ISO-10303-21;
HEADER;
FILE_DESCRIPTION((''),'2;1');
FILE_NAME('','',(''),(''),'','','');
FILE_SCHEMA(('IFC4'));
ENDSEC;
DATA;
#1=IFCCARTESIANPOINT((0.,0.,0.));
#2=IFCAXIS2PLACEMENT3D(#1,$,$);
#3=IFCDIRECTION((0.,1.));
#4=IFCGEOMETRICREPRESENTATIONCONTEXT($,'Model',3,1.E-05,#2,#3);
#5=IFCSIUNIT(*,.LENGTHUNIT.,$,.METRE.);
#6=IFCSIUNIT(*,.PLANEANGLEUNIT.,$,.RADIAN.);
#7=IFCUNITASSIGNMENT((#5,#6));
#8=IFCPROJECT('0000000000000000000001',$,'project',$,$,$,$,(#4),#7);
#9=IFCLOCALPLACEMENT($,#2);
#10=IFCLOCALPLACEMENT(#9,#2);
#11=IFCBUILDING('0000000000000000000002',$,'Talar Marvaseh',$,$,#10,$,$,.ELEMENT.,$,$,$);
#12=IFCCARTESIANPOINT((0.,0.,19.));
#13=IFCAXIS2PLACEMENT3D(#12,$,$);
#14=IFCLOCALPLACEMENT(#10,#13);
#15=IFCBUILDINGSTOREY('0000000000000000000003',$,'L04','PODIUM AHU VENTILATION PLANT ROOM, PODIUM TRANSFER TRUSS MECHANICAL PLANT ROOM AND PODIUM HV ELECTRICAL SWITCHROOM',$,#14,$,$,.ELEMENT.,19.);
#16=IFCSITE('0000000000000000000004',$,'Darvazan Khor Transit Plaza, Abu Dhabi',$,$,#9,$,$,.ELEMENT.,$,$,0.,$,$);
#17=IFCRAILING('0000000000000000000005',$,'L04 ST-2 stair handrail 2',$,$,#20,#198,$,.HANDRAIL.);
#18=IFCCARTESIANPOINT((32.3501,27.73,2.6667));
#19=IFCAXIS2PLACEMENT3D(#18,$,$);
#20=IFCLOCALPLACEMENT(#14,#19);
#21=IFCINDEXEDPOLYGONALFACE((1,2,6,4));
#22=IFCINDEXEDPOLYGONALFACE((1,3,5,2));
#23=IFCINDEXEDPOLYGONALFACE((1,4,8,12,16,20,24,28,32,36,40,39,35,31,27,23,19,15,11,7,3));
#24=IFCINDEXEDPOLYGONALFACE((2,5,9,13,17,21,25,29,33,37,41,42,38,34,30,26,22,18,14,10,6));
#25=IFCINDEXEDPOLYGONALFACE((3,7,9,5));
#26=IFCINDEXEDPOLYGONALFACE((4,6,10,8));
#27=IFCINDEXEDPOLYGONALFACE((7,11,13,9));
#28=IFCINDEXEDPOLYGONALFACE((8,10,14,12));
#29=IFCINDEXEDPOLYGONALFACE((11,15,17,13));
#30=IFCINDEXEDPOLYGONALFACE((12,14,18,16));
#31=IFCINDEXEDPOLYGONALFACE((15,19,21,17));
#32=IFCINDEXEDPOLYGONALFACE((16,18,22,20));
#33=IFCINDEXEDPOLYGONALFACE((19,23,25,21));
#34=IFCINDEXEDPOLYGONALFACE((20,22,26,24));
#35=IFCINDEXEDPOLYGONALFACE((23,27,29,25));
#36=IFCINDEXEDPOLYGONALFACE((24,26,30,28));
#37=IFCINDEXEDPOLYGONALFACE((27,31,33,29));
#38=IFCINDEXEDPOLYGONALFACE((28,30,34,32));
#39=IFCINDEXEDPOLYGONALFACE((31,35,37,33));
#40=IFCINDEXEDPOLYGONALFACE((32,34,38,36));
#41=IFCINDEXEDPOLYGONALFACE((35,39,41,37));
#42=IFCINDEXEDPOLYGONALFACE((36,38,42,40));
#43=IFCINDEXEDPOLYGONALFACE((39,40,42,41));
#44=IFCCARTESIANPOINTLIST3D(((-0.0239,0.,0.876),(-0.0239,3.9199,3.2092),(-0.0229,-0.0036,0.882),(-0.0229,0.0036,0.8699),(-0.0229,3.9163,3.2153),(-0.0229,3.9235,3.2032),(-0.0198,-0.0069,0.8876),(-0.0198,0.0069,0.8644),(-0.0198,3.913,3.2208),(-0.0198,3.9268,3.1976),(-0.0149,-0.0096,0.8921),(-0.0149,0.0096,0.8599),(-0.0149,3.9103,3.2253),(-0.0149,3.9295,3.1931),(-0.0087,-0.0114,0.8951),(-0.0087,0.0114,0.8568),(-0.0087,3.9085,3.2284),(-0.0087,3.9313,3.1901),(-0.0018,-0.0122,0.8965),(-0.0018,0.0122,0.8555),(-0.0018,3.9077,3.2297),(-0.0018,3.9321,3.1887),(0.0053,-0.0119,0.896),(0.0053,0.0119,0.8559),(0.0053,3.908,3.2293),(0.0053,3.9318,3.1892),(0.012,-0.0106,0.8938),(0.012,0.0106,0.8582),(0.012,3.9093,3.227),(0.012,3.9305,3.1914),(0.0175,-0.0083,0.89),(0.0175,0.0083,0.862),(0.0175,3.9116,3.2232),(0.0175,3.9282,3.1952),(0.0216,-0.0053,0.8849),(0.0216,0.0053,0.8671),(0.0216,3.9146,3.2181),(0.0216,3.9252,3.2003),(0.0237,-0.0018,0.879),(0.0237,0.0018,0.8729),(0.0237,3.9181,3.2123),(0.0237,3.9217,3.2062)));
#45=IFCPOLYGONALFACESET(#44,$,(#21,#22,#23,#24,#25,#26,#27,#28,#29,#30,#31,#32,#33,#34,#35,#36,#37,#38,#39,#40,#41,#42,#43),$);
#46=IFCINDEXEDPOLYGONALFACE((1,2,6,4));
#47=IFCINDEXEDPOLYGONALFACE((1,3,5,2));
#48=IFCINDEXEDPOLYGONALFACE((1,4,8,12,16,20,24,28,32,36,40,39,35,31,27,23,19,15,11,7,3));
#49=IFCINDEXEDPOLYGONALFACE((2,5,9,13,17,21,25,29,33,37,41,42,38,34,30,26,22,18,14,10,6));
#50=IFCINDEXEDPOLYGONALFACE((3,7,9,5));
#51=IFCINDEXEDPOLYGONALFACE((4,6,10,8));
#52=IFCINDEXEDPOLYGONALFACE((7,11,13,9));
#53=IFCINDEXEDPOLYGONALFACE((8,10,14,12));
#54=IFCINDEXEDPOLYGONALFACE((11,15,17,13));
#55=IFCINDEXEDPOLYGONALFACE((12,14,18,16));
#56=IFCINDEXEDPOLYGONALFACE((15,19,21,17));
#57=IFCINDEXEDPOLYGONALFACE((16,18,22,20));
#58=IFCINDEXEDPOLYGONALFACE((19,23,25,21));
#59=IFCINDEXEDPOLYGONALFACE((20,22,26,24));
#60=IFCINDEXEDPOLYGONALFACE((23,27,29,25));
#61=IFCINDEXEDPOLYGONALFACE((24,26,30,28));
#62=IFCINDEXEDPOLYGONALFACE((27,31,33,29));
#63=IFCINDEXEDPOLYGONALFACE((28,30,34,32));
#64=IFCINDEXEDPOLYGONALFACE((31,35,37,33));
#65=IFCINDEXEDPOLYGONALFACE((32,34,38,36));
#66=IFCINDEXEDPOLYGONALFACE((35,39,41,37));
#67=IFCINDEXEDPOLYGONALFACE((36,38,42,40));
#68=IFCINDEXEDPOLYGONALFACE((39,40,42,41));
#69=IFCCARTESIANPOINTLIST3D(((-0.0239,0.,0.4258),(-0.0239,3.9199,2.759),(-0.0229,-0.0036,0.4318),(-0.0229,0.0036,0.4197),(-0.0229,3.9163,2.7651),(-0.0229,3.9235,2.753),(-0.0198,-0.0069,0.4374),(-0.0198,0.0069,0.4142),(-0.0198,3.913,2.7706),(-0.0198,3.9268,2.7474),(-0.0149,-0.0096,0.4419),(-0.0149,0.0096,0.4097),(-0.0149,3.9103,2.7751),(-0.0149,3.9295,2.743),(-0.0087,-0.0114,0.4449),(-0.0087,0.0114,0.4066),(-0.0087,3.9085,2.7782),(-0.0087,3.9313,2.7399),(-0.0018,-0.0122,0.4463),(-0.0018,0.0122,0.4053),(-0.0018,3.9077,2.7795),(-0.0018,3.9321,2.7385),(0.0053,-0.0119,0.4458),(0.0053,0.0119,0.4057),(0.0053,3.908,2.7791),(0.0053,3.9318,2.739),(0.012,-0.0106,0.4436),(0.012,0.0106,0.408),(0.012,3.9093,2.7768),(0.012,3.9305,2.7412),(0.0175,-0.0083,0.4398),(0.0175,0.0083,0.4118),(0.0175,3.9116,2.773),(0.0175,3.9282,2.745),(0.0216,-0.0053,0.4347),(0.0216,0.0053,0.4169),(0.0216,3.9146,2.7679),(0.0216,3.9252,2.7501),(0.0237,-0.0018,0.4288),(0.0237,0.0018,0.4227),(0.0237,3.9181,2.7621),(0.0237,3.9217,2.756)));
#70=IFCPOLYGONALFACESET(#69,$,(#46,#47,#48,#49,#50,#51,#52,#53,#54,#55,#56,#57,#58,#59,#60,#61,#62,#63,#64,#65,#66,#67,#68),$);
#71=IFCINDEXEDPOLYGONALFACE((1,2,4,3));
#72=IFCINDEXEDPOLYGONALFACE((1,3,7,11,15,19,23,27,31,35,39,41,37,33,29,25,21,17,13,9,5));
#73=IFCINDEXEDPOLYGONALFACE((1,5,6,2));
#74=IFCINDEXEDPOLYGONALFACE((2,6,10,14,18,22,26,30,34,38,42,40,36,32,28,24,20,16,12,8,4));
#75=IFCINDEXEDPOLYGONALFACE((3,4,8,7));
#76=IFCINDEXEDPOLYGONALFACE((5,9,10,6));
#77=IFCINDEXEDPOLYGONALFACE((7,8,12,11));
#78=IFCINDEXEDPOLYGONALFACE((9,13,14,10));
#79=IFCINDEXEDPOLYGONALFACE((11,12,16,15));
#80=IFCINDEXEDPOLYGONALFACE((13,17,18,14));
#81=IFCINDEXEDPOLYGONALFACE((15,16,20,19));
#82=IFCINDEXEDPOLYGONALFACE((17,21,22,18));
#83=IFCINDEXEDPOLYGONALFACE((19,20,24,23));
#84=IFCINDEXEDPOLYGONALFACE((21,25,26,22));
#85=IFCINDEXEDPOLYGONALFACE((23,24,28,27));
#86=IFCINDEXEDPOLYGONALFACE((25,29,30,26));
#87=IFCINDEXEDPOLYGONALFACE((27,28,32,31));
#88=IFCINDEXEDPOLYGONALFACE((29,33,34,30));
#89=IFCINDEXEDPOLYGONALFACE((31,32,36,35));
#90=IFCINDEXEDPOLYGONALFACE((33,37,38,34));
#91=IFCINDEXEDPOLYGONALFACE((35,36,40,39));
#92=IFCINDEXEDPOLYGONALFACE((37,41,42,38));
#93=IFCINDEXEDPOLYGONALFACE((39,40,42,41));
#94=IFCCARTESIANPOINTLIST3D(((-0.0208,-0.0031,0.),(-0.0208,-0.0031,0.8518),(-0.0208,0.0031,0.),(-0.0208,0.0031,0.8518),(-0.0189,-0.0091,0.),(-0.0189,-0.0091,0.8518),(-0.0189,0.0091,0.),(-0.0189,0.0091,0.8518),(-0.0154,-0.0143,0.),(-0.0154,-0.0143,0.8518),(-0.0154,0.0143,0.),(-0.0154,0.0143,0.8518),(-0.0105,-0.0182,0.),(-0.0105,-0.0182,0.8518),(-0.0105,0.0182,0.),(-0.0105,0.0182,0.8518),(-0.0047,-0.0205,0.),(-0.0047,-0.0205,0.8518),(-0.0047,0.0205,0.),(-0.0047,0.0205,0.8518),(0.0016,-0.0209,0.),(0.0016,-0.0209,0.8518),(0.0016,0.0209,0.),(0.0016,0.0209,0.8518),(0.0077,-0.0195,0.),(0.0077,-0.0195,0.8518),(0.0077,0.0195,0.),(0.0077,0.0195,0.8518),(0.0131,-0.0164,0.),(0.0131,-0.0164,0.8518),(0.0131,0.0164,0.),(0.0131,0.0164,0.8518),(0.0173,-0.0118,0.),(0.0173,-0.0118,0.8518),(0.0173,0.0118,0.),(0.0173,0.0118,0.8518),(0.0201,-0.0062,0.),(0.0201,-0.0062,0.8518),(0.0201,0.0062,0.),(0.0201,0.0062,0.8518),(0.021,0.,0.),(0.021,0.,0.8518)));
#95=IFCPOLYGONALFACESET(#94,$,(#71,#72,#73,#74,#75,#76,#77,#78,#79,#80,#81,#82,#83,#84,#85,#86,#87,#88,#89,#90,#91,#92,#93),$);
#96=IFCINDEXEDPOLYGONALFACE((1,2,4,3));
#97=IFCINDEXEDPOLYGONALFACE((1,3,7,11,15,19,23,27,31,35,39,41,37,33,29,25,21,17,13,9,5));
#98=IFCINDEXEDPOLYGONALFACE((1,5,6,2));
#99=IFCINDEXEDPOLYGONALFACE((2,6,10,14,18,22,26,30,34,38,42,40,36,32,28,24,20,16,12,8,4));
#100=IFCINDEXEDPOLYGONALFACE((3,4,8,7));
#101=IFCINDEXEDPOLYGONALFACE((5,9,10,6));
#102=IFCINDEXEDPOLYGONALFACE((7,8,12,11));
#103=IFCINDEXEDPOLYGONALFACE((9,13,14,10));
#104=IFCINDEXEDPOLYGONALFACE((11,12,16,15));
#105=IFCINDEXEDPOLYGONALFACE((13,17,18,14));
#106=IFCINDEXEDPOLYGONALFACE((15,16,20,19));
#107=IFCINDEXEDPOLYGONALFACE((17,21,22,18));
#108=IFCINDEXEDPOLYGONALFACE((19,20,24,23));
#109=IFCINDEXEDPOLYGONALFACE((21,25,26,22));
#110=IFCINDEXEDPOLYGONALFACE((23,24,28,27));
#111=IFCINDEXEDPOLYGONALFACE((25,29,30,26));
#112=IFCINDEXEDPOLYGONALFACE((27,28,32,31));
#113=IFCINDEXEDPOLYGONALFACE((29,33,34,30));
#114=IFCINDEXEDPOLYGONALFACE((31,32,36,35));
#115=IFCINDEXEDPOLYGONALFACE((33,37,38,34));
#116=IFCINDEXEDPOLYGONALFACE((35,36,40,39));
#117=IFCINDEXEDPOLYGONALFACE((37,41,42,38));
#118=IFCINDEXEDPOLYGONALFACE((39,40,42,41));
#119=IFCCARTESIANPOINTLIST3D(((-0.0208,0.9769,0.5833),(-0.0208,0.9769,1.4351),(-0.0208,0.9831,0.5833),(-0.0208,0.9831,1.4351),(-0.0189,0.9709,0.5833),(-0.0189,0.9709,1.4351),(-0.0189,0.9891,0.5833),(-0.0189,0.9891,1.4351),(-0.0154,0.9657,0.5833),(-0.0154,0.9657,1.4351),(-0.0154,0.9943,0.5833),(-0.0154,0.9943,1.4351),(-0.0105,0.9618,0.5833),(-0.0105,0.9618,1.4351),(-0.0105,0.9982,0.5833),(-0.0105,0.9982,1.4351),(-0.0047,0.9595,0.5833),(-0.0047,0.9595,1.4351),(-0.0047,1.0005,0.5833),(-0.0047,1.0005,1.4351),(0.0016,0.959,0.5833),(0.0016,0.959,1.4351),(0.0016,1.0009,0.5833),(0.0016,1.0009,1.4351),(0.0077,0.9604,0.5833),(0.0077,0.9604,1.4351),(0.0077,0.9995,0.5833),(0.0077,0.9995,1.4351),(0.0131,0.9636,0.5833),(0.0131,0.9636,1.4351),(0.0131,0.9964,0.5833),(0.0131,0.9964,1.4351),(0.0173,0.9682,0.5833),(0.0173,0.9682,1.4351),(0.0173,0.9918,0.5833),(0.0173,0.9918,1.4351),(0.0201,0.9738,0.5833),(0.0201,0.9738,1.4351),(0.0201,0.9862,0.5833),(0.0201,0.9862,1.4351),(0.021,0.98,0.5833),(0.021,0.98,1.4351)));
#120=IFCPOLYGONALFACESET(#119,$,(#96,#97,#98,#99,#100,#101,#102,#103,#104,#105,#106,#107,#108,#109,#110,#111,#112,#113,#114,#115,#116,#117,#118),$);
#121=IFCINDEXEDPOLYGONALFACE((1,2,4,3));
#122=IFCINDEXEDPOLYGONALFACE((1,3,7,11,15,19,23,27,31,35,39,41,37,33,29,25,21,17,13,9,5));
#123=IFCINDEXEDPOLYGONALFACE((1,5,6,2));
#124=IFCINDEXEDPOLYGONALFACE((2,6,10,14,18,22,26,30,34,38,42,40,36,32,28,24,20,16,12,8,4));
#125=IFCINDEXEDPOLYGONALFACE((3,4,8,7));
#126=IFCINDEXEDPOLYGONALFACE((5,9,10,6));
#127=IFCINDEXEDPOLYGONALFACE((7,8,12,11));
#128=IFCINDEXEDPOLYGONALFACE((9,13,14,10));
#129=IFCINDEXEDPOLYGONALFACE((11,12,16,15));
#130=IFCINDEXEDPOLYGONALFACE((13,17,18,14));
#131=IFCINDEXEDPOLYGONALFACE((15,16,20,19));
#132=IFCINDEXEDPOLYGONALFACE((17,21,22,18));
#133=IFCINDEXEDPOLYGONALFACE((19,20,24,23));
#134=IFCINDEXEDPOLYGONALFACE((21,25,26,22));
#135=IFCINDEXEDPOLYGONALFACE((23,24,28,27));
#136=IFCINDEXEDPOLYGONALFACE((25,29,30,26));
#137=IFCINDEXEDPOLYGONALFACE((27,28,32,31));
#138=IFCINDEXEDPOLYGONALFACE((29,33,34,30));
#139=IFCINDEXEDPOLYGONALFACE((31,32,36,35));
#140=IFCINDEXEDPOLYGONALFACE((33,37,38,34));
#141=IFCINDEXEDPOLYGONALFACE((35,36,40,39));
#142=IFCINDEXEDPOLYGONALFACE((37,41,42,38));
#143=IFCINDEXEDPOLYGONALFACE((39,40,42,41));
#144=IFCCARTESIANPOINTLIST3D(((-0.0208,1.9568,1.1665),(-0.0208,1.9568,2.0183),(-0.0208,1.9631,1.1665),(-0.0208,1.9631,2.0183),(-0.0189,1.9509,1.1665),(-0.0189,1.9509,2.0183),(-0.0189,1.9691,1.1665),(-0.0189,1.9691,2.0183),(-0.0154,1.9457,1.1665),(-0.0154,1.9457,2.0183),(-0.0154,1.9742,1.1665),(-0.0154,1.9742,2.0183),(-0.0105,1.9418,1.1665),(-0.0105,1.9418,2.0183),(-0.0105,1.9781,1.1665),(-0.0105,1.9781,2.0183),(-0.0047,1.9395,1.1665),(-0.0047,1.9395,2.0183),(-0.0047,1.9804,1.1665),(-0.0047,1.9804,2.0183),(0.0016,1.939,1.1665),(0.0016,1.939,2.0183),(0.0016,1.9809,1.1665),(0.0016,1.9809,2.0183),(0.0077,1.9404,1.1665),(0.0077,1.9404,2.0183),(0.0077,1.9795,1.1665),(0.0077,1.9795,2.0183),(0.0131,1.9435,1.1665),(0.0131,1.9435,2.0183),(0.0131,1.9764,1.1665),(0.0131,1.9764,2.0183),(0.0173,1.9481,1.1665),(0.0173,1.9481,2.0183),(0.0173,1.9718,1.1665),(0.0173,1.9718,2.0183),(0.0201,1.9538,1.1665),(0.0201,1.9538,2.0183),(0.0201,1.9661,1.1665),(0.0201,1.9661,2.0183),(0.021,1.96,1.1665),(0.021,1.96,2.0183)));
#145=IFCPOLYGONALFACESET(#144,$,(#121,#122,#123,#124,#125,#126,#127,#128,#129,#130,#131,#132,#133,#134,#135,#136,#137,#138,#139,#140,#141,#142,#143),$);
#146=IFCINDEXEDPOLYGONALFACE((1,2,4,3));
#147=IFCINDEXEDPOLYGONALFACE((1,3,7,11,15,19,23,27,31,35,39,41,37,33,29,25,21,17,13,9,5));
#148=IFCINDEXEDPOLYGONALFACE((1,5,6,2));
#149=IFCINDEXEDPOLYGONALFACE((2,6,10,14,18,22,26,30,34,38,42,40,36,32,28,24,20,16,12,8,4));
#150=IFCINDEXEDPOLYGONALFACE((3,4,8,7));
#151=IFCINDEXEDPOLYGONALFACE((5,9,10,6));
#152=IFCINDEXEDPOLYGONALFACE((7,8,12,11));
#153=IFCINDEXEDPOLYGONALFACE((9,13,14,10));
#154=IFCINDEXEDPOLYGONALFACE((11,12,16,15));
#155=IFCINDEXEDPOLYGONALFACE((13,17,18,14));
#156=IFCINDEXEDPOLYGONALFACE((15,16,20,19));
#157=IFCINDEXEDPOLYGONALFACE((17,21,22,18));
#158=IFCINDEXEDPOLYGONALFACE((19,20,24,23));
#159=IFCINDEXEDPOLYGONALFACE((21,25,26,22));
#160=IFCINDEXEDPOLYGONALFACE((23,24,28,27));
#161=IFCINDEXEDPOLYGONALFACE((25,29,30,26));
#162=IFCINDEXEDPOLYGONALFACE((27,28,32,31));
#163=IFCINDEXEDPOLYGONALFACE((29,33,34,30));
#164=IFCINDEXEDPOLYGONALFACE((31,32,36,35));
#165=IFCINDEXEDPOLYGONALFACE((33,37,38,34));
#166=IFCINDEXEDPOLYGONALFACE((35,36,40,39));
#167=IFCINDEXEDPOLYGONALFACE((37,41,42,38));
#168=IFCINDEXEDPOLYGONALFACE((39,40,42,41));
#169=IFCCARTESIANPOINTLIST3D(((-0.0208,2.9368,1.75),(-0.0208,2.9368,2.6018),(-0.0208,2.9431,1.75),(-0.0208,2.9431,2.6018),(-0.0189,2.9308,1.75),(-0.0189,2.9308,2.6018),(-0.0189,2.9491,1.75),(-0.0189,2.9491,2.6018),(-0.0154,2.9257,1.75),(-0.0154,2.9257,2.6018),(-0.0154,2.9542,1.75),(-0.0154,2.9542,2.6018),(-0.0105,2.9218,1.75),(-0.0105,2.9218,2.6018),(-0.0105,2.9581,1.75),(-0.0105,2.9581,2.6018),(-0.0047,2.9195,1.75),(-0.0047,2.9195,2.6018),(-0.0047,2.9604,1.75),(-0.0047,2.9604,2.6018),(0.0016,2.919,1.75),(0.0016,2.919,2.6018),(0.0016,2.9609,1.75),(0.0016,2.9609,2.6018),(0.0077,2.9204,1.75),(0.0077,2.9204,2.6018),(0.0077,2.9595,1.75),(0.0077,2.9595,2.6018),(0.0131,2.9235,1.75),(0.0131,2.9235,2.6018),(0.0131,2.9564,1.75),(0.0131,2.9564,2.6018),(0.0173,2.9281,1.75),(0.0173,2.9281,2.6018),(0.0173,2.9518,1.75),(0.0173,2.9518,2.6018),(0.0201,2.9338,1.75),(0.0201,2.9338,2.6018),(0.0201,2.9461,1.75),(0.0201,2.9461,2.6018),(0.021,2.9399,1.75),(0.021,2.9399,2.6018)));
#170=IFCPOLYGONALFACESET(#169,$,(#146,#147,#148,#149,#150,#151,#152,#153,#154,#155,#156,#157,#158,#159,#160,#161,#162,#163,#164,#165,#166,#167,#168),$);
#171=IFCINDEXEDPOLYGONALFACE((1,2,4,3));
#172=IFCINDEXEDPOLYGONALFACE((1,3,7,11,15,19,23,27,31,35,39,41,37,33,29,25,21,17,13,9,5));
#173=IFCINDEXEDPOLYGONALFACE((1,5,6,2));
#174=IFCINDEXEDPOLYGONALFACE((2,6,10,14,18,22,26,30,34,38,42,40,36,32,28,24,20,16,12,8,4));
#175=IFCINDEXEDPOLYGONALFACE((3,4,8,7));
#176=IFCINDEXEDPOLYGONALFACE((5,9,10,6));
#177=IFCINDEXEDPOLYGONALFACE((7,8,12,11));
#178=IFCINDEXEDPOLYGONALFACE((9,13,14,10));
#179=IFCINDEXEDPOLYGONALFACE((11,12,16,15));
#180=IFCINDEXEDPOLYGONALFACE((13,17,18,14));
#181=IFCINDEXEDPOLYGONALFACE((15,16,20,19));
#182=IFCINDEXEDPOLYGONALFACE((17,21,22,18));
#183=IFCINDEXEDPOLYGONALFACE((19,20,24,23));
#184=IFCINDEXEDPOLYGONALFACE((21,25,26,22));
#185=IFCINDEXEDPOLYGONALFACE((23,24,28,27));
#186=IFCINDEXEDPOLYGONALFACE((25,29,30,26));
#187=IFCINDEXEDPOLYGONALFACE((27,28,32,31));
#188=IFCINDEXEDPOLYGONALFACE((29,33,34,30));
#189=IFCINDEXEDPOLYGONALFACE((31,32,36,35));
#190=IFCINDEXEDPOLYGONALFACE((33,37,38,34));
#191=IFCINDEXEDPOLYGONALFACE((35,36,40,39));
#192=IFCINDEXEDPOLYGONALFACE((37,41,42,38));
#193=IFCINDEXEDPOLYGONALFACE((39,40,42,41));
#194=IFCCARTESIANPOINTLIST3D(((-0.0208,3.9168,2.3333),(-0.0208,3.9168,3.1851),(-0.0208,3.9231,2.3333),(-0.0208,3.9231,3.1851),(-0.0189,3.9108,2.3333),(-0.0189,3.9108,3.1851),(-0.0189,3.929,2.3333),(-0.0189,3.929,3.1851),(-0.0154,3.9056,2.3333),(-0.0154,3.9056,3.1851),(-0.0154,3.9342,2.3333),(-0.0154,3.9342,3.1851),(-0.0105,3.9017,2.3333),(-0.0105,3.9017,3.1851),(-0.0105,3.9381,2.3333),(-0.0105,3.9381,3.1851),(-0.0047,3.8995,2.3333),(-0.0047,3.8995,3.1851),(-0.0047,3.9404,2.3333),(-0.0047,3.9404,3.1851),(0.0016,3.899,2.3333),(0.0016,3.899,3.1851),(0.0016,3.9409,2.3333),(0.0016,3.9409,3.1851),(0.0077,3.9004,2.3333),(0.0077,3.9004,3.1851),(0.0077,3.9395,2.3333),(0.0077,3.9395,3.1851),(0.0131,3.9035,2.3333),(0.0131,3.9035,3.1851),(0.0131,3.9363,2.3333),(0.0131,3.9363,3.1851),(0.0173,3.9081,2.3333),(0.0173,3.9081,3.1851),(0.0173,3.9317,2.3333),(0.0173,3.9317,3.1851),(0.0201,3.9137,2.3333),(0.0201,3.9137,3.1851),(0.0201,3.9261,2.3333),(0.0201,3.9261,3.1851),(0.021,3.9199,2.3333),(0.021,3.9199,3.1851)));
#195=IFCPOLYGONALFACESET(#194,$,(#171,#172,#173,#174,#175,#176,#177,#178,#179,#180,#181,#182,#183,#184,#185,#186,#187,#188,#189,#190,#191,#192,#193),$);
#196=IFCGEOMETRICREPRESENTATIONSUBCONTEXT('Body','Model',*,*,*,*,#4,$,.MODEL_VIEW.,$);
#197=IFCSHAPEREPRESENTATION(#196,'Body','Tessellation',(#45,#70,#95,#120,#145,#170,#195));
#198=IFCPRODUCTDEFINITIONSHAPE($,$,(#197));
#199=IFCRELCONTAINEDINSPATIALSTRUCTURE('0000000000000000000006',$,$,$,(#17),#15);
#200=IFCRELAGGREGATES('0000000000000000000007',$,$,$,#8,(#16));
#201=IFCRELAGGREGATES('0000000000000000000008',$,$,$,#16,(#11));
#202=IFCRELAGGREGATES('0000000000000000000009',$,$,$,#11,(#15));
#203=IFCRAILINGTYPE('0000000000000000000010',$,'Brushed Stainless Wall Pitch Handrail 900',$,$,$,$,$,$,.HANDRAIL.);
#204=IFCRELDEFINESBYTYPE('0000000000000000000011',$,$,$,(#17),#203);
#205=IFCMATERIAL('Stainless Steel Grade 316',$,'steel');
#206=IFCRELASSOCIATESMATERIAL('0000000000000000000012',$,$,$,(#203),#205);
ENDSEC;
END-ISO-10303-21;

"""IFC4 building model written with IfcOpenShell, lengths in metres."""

from ifc_helpers import new_model, si_unit, direction, frame, origin, origin_2d, place, context, subcontext, project, spatial, circle, extrude, material, type_object, element, save


model = new_model("IFC4")

# Units and contexts
model_context = context("Model", 3, precision=1e-05, world=origin(), true_north=direction((0.0, 1.0)))
body_context = subcontext(model_context, "Body", "Model", "MODEL_VIEW")
ifc_project = project(units=[si_unit("LENGTHUNIT", "METRE"), si_unit("PLANEANGLEUNIT", "RADIAN")], contexts=[model_context])

# Site, building, storey
site_placement = place(None, origin())
site = spatial("IfcSite", under=ifc_project, at=site_placement, Name="Darvazan Khor Transit Plaza, Abu Dhabi", CompositionType="ELEMENT", RefElevation=0.0)
building_placement = place(site_placement, origin())
building = spatial("IfcBuilding", under=site, at=building_placement, Name="Talar Marvaseh", CompositionType="ELEMENT")
storey_placement = place(building_placement, frame((0.0, 0.0, 19.0)))
storey = spatial("IfcBuildingStorey", under=building, at=storey_placement, Name="L04", Description="PODIUM AHU VENTILATION PLANT ROOM, PODIUM TRANSFER TRUSS MECHANICAL PLANT ROOM AND PODIUM HV ELECTRICAL SWITCHROOM", CompositionType="ELEMENT", Elevation=19.0)

# Shared definitions
ifc_material_1 = material(Name="Stainless Steel Grade 316", Category="steel")

# Railing
railing_type_1 = type_object("IfcRailingType", Name="Brushed Stainless Wall Pitch Handrail 900", PredefinedType="HANDRAIL", material=ifc_material_1)
railing_1_placement = place(storey_placement, frame((32.3501, 27.73, 2.6667)))
element("IfcRailing", 1, at=railing_1_placement, inside=storey, type_object=railing_type_1, Name="L04 ST-2 stair handrail 2", PredefinedType="HANDRAIL", context=body_context, shape_type="SweptSolid", body=[
    extrude(circle(Radius=0.0239, at=origin_2d()), frame((0.0, 0.0, 0.876), z_axis=(0.0, 0.859296, 0.511478), x_axis=(-1.0, 0.0, 0.0)), (0.0, 0.0, 1.0), 4.5618),
    extrude(circle(Radius=0.0239, at=origin_2d()), frame((0.0, 0.0, 0.4258), z_axis=(0.0, 0.859296, 0.511478), x_axis=(-1.0, 0.0, 0.0)), (0.0, 0.0, 1.0), 4.5618),
    extrude(circle(Radius=0.021, at=origin_2d()), origin(), (0.0, 0.0, 1.0), 0.8518),
    extrude(circle(Radius=0.021, at=origin_2d()), frame((0.0, 0.98, 0.5833)), (0.0, 0.0, 1.0), 0.8518),
    extrude(circle(Radius=0.021, at=origin_2d()), frame((0.0, 1.96, 1.1665)), (0.0, 0.0, 1.0), 0.8518),
    extrude(circle(Radius=0.021, at=origin_2d()), frame((0.0, 2.9399, 1.75)), (0.0, 0.0, 1.0), 0.8518),
    extrude(circle(Radius=0.021, at=origin_2d()), frame((0.0, 3.9199, 2.3333)), (0.0, 0.0, 1.0), 0.8518),
])

save(model, "model.ifc")
